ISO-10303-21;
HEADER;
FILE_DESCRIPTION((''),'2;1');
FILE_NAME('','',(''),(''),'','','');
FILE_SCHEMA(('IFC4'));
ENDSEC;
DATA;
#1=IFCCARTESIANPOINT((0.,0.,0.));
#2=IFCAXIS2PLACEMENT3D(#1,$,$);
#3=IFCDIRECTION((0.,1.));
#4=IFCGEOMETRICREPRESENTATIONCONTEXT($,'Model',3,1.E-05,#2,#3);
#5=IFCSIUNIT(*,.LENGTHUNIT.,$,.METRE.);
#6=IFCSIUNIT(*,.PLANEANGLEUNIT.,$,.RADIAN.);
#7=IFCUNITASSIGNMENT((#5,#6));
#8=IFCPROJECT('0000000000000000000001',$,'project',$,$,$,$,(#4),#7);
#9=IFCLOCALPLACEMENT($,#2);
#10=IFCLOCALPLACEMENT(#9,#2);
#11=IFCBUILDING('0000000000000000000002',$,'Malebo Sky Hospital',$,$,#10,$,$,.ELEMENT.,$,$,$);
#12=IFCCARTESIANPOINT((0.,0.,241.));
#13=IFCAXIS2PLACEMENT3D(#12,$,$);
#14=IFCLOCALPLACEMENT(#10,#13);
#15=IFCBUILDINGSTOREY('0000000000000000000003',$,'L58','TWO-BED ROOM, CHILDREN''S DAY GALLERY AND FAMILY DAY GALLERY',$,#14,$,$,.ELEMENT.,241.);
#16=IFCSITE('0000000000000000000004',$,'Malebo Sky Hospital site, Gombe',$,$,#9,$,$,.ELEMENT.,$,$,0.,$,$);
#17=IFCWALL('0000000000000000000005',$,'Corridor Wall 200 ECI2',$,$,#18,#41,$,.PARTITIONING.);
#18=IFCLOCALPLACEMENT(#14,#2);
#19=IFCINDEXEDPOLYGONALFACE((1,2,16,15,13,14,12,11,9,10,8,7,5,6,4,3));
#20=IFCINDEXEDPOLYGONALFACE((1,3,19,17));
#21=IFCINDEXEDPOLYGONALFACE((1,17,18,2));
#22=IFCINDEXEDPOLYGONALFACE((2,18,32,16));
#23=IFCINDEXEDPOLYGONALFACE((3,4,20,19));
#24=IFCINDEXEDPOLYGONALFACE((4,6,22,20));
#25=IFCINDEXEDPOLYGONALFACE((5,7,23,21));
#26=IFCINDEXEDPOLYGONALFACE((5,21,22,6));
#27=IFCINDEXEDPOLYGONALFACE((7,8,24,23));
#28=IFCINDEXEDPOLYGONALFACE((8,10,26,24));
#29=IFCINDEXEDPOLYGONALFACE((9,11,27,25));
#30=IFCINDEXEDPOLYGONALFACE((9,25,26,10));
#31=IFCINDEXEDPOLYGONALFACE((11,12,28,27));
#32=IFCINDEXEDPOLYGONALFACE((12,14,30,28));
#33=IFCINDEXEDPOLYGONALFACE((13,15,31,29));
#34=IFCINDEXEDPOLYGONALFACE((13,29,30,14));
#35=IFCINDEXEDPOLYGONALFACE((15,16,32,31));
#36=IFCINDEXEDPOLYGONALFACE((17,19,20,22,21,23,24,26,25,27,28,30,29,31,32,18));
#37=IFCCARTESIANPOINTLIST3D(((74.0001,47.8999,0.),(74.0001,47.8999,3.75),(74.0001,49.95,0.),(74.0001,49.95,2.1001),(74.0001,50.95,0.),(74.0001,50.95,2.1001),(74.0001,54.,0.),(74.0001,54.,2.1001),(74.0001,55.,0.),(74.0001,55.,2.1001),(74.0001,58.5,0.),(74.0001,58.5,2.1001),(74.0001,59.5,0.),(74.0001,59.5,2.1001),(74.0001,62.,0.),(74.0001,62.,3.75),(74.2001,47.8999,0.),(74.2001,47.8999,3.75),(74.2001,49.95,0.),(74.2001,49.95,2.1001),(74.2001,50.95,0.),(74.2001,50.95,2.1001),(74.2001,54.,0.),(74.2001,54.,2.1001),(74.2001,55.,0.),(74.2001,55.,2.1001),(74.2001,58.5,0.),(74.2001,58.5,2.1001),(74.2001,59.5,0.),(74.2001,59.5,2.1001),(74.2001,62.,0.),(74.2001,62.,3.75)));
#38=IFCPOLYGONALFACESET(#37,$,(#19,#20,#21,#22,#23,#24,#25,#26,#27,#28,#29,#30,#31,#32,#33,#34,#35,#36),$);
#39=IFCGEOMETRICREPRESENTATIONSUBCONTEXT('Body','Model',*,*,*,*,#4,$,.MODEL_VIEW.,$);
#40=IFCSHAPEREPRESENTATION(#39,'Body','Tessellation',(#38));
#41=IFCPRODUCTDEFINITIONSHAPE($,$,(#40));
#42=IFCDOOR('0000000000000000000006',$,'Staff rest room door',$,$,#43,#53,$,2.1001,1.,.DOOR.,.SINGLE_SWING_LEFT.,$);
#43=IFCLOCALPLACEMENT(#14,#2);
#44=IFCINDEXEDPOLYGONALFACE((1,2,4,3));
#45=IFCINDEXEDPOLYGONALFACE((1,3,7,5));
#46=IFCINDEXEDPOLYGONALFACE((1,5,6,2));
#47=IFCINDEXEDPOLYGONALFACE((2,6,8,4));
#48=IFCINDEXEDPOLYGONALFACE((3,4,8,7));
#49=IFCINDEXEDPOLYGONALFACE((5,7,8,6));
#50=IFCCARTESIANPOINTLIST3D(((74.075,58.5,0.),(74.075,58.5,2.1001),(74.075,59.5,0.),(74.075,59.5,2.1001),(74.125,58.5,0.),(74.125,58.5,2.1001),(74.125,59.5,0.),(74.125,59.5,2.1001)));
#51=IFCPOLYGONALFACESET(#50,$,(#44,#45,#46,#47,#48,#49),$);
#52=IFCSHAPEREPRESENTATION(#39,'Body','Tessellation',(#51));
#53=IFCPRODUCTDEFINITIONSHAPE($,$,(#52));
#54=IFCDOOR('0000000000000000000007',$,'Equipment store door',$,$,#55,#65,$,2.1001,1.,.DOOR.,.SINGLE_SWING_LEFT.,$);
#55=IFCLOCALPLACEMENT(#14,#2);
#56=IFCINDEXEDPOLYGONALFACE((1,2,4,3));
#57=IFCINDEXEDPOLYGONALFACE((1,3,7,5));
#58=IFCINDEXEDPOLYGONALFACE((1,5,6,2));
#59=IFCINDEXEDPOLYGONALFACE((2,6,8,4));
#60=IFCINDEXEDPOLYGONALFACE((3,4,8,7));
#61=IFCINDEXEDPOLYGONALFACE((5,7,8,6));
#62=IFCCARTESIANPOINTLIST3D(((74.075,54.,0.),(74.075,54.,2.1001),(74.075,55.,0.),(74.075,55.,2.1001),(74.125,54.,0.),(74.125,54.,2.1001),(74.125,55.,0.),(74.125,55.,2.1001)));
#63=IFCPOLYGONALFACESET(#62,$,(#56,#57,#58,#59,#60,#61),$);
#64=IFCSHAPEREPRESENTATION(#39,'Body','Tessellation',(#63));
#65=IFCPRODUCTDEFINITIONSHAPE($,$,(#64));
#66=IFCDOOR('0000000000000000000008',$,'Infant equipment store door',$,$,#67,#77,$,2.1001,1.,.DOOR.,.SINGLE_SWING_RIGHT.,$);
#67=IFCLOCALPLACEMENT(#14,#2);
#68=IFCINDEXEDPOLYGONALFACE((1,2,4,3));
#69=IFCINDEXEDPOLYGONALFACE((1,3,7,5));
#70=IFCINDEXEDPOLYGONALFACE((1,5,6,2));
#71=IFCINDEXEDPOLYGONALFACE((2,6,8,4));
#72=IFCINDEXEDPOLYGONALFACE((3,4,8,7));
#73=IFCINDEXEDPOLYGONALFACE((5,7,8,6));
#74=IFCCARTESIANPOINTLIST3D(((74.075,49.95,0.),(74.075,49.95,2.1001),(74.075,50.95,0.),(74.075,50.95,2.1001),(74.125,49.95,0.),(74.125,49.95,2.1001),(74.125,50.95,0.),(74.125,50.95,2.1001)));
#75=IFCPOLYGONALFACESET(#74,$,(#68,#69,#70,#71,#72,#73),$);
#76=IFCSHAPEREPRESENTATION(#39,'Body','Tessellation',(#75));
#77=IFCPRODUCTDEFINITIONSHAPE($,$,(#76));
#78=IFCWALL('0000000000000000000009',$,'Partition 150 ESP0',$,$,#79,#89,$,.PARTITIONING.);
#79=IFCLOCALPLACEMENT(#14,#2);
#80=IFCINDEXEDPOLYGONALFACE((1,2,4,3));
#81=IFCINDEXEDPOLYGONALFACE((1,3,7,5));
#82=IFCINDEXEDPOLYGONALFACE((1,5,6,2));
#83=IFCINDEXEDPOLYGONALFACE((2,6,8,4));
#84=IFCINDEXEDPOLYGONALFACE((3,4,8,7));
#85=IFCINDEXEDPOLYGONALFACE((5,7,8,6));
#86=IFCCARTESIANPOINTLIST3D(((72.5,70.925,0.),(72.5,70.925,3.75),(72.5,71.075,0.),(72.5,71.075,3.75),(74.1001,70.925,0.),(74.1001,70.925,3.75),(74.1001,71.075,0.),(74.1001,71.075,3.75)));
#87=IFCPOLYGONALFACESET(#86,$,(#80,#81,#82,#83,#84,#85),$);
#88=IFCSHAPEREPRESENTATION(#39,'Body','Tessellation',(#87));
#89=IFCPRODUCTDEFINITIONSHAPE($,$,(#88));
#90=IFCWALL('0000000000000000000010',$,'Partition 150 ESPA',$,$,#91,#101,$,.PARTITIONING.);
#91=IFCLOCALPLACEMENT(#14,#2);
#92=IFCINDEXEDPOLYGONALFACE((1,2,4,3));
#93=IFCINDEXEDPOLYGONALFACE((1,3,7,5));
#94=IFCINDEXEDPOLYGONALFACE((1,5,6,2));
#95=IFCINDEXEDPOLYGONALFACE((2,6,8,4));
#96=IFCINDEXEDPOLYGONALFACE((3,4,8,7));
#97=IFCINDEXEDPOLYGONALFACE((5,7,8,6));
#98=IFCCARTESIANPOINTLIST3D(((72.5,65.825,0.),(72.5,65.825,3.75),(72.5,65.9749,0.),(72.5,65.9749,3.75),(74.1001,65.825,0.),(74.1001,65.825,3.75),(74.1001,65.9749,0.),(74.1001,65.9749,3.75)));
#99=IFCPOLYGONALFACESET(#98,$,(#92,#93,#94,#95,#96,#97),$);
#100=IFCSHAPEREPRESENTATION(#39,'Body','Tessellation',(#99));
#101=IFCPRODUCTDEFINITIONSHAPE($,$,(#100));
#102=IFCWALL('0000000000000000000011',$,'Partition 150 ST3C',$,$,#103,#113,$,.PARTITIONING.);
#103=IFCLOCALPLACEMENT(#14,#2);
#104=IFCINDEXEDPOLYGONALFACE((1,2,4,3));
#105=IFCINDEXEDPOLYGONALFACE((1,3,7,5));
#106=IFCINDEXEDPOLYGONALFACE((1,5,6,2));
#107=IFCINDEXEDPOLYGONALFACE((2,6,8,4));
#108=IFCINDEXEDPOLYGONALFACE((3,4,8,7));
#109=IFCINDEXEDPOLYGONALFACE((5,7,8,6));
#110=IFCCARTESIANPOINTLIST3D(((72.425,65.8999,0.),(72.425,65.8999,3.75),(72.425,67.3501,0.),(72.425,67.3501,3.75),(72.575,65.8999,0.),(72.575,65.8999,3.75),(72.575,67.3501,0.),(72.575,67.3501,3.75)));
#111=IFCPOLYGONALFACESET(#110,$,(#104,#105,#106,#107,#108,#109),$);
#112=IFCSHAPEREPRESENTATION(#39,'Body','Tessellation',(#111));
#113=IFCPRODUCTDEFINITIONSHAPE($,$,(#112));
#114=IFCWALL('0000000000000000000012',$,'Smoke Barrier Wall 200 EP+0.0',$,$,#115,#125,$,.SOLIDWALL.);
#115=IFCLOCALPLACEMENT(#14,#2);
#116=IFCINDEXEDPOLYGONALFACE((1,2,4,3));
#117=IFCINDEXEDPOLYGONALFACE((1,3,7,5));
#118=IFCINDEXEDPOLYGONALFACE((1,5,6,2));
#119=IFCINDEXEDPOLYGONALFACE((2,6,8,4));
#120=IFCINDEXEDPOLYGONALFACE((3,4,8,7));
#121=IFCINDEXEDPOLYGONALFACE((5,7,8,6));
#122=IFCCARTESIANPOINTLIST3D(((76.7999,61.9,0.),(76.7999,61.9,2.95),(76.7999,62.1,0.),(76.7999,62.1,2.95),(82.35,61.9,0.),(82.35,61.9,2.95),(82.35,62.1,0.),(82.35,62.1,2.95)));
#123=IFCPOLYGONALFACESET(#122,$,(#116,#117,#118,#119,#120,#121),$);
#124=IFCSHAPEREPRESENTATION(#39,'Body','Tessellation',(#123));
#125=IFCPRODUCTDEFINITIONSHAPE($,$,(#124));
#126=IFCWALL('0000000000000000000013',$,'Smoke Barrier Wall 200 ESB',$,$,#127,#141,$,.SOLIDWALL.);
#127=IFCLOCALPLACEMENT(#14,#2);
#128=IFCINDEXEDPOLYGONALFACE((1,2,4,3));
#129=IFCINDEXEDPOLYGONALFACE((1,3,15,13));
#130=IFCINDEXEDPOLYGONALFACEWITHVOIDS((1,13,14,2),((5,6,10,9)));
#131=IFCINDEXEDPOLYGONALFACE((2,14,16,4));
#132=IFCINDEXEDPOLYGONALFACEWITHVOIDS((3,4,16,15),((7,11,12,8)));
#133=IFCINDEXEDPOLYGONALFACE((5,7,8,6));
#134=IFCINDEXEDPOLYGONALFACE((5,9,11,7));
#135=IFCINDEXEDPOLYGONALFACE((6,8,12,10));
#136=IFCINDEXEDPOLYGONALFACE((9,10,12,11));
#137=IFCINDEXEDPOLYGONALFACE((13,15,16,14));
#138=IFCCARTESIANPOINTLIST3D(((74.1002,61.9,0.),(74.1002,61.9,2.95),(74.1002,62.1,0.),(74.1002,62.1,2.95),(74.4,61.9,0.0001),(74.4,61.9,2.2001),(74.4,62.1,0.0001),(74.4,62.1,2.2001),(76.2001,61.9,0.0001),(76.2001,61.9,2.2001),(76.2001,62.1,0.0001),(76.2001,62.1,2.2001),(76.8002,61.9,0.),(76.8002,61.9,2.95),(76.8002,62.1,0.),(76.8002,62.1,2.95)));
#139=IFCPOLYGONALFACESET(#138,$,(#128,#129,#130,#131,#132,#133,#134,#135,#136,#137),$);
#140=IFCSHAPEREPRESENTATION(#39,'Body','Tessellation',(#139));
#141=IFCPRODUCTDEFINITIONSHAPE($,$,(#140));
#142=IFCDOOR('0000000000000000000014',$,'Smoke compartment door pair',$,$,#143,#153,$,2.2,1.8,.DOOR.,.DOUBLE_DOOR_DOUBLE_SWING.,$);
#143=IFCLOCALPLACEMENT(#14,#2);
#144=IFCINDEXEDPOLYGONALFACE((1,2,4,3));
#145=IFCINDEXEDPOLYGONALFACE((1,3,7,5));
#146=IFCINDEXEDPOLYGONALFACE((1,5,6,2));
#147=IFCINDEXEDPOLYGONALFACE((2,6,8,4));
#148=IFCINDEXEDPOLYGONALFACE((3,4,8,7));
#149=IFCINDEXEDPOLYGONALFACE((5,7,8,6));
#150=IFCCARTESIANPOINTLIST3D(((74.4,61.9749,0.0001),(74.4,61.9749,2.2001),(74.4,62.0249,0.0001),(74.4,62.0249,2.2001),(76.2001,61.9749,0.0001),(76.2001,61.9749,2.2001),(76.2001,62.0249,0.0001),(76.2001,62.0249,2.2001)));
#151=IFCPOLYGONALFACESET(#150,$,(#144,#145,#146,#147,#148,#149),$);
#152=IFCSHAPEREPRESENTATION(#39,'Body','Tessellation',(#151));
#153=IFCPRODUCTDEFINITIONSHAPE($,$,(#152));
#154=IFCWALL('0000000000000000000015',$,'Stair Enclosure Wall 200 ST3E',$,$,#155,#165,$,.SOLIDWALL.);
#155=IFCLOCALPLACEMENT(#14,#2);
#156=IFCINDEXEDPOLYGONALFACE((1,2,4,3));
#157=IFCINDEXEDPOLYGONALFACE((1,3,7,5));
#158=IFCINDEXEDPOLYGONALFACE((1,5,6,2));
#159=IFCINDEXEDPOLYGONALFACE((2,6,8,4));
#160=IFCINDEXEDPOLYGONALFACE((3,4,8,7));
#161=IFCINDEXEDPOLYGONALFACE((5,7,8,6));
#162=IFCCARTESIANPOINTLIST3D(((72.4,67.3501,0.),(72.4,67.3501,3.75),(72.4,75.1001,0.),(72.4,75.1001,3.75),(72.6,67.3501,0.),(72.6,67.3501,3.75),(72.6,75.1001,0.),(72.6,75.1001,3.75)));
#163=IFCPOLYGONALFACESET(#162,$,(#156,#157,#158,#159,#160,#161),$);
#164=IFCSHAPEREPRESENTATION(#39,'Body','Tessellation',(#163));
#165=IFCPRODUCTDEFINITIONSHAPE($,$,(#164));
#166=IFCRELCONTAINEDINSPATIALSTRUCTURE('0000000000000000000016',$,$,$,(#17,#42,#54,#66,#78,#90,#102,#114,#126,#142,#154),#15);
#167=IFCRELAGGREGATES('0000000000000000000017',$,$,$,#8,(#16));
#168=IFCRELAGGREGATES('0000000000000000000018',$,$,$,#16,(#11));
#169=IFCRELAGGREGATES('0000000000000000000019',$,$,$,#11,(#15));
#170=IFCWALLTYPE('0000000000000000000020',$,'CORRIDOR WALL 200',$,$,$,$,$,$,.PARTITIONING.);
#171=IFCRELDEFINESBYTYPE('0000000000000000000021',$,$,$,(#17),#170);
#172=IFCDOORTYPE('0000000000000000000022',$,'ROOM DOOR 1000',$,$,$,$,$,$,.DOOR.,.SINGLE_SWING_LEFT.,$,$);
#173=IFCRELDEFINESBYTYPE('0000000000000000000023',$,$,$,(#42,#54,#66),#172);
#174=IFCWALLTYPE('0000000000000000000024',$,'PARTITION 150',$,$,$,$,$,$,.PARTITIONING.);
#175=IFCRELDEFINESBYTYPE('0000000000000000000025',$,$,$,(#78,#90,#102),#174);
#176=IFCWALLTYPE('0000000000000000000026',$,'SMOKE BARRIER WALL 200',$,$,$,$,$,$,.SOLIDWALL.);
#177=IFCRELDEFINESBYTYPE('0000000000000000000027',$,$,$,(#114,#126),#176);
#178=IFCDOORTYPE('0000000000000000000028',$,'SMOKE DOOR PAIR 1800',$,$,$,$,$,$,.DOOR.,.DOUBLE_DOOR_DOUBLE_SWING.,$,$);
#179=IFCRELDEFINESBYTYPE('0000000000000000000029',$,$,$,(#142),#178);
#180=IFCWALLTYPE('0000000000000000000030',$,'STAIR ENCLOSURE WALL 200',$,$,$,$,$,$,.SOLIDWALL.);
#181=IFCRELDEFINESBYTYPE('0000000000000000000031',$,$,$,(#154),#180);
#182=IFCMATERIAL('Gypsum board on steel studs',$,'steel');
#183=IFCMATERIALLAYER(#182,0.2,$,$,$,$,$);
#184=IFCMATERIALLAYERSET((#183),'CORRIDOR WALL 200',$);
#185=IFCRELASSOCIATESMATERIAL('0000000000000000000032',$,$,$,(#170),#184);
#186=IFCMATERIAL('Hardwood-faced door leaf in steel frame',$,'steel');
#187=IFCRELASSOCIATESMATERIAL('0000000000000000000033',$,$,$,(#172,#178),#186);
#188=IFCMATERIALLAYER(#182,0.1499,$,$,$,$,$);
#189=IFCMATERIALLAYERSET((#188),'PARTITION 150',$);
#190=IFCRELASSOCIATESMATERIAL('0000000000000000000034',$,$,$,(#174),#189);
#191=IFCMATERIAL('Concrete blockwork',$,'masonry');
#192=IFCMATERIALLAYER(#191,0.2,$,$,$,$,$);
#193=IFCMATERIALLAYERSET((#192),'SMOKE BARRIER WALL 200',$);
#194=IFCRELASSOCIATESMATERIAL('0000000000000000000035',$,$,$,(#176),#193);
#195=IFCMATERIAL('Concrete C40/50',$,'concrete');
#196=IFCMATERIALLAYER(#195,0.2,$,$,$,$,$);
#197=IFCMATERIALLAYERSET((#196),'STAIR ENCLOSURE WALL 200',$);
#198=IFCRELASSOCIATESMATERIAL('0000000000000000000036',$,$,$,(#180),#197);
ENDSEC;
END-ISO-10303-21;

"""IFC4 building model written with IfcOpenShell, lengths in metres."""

from ifc_helpers import new_model, si_unit, direction, frame, frame_2d, origin, place, context, subcontext, project, spatial, rectangle, extrude, material, layer, layer_set, type_object, element, fill, save


model = new_model("IFC4")

# Units and contexts
model_context = context("Model", 3, precision=1e-05, world=origin(), true_north=direction((0.0, 1.0)))
body_context = subcontext(model_context, "Body", "Model", "MODEL_VIEW")
ifc_project = project(units=[si_unit("LENGTHUNIT", "METRE"), si_unit("PLANEANGLEUNIT", "RADIAN")], contexts=[model_context])

# Site, building, storey
site_placement = place(None, origin())
site = spatial("IfcSite", under=ifc_project, at=site_placement, Name="Malebo Sky Hospital site, Gombe", CompositionType="ELEMENT", RefElevation=0.0)
building_placement = place(site_placement, origin())
building = spatial("IfcBuilding", under=site, at=building_placement, Name="Malebo Sky Hospital", CompositionType="ELEMENT")
storey_placement = place(building_placement, frame((0.0, 0.0, 241.0)))
storey = spatial("IfcBuildingStorey", under=building, at=storey_placement, Name="L58", Description="TWO-BED ROOM, CHILDREN'S DAY GALLERY AND FAMILY DAY GALLERY", CompositionType="ELEMENT", Elevation=241.0)

# Shared definitions
ifc_material_1 = material(Name="Gypsum board on steel studs", Category="steel")
ifc_layer_1 = layer(ifc_material_1, 0.2)
ifc_layer_set_1 = layer_set([ifc_layer_1], Name="CORRIDOR WALL 200")
wall_type_1 = type_object("IfcWallType", Name="CORRIDOR WALL 200", PredefinedType="PARTITIONING", material=ifc_layer_set_1)

# Wall, openings, doors
ifc_material_2 = material(Name="Hardwood-faced door leaf in steel frame", Category="steel")
door_type_1 = type_object("IfcDoorType", Name="ROOM DOOR 1000", OperationType="SINGLE_SWING_LEFT", PredefinedType="DOOR", material=ifc_material_2)
wall_1_placement = place(storey_placement, frame((74.1001, 62.0, 0.0), z_axis=(0.0, 0.0, 1.0), x_axis=(0.0, -1.0, 0.0)))
wall_1 = element("IfcWall", 1, at=wall_1_placement, inside=storey, type_object=wall_type_1, Name="Corridor Wall 200 ECI2", PredefinedType="PARTITIONING", context=body_context, shape_type="SweptSolid", body=[
    extrude(rectangle(XDim=14.1001, YDim=0.2, at=frame_2d((7.05, 0.0))), origin(), (0.0, 0.0, 1.0), 3.75),
])
opening_1_placement = place(wall_1_placement, frame((2.5, 0.0, 0.0)))
opening_1 = element("IfcOpeningElement", 2, at=opening_1_placement, cuts=wall_1, PredefinedType="OPENING", context=body_context, shape_type="SweptSolid", body=[
    extrude(rectangle(XDim=1.0, YDim=2.1001, at=frame_2d((0.5, 1.05))), frame((0.0, 0.1099, 0.0), z_axis=(0.0, -1.0, 0.0), x_axis=(1.0, 0.0, 0.0)), (0.0, 0.0, 1.0), 0.22),
])
opening_2_placement = place(wall_1_placement, frame((7.0, 0.0, 0.0)))
opening_2 = element("IfcOpeningElement", 3, at=opening_2_placement, cuts=wall_1, PredefinedType="OPENING", context=body_context, shape_type="SweptSolid", body=[
    extrude(rectangle(XDim=1.0, YDim=2.1001, at=frame_2d((0.5, 1.05))), frame((0.0, 0.1099, 0.0), z_axis=(0.0, -1.0, 0.0), x_axis=(1.0, 0.0, 0.0)), (0.0, 0.0, 1.0), 0.22),
])
opening_3_placement = place(wall_1_placement, frame((11.05, 0.0, 0.0)))
opening_3 = element("IfcOpeningElement", 4, at=opening_3_placement, cuts=wall_1, PredefinedType="OPENING", context=body_context, shape_type="SweptSolid", body=[
    extrude(rectangle(XDim=1.0, YDim=2.1001, at=frame_2d((0.5, 1.05))), frame((0.0, 0.1099, 0.0), z_axis=(0.0, -1.0, 0.0), x_axis=(1.0, 0.0, 0.0)), (0.0, 0.0, 1.0), 0.22),
])
door_1_placement = place(opening_1_placement, origin())
door_1 = element("IfcDoor", 5, at=door_1_placement, inside=storey, type_object=door_type_1, Name="Staff rest room door", OperationType="SINGLE_SWING_LEFT", OverallHeight=2.1001, OverallWidth=1.0, PredefinedType="DOOR", context=body_context, shape_type="SweptSolid", body=[
    extrude(rectangle(XDim=1.0, YDim=2.1001, at=frame_2d((0.5, 1.05))), frame((0.0, 0.0249, 0.0), z_axis=(0.0, -1.0, 0.0), x_axis=(1.0, 0.0, 0.0)), (0.0, 0.0, 1.0), 0.05),
])
fill(opening_1, door_1)
door_2_placement = place(opening_2_placement, origin())
door_2 = element("IfcDoor", 6, at=door_2_placement, inside=storey, type_object=door_type_1, Name="Equipment store door", OperationType="SINGLE_SWING_LEFT", OverallHeight=2.1001, OverallWidth=1.0, PredefinedType="DOOR", context=body_context, shape_type="SweptSolid", body=[
    extrude(rectangle(XDim=1.0, YDim=2.1001, at=frame_2d((0.5, 1.05))), frame((0.0, 0.0249, 0.0), z_axis=(0.0, -1.0, 0.0), x_axis=(1.0, 0.0, 0.0)), (0.0, 0.0, 1.0), 0.05),
])
fill(opening_2, door_2)
door_3_placement = place(opening_3_placement, origin())
door_3 = element("IfcDoor", 7, at=door_3_placement, inside=storey, type_object=door_type_1, Name="Infant equipment store door", OperationType="SINGLE_SWING_RIGHT", OverallHeight=2.1001, OverallWidth=1.0, PredefinedType="DOOR", context=body_context, shape_type="SweptSolid", body=[
    extrude(rectangle(XDim=1.0, YDim=2.1001, at=frame_2d((0.5, 1.05))), frame((0.0, 0.0249, 0.0), z_axis=(0.0, -1.0, 0.0), x_axis=(1.0, 0.0, 0.0)), (0.0, 0.0, 1.0), 0.05),
])
fill(opening_3, door_3)

# Walls
ifc_layer_2 = layer(ifc_material_1, 0.1499)
ifc_layer_set_2 = layer_set([ifc_layer_2], Name="PARTITION 150")
wall_type_2 = type_object("IfcWallType", Name="PARTITION 150", PredefinedType="PARTITIONING", material=ifc_layer_set_2)
for number, where, z_axis, x_axis, name in (
    (8, (72.5, 71.0, 0.0), (0.0, 0.0, 1.0), (1.0, 0.0, 0.0), "Partition 150 ESP0"),
    (9, (72.5, 65.8999, 0.0), (0.0, 0.0, 1.0), (1.0, 0.0, 0.0), "Partition 150 ESPA"),
):
    element("IfcWall", number, at=place(storey_placement, frame(where, z_axis=z_axis, x_axis=x_axis)), inside=storey, type_object=wall_type_2, Name=name, PredefinedType="PARTITIONING", context=body_context, shape_type="SweptSolid", body=[
        extrude(rectangle(XDim=1.6001, YDim=0.1499, at=frame_2d((0.8, 0.0))), origin(), (0.0, 0.0, 1.0), 3.75),
    ])
wall_2_placement = place(storey_placement, frame((72.5, 65.8999, 0.0), z_axis=(0.0, 0.0, 1.0), x_axis=(0.0, 1.0, 0.0)))
element("IfcWall", 10, at=wall_2_placement, inside=storey, type_object=wall_type_2, Name="Partition 150 ST3C", PredefinedType="PARTITIONING", context=body_context, shape_type="SweptSolid", body=[
    extrude(rectangle(XDim=1.4502, YDim=0.1499, at=frame_2d((0.7251, 0.0))), origin(), (0.0, 0.0, 1.0), 3.75),
])
ifc_material_3 = material(Name="Concrete blockwork", Category="masonry")
ifc_layer_3 = layer(ifc_material_3, 0.2)
ifc_layer_set_3 = layer_set([ifc_layer_3], Name="SMOKE BARRIER WALL 200")
wall_type_3 = type_object("IfcWallType", Name="SMOKE BARRIER WALL 200", PredefinedType="SOLIDWALL", material=ifc_layer_set_3)
wall_3_placement = place(storey_placement, frame((76.8, 62.0, 0.0), z_axis=(0.0, 0.0, 1.0), x_axis=(1.0, 0.0, 0.0)))
element("IfcWall", 11, at=wall_3_placement, inside=storey, type_object=wall_type_3, Name="Smoke Barrier Wall 200 EP+0.0", PredefinedType="SOLIDWALL", context=body_context, shape_type="SweptSolid", body=[
    extrude(rectangle(XDim=5.55, YDim=0.2, at=frame_2d((2.7749, 0.0))), origin(), (0.0, 0.0, 1.0), 2.95),
])

# Wall, opening, door
wall_4_placement = place(storey_placement, frame((74.1001, 62.0, 0.0), z_axis=(0.0, 0.0, 1.0), x_axis=(1.0, 0.0, 0.0)))
wall_4 = element("IfcWall", 12, at=wall_4_placement, inside=storey, type_object=wall_type_3, Name="Smoke Barrier Wall 200 ESB", PredefinedType="SOLIDWALL", context=body_context, shape_type="SweptSolid", body=[
    extrude(rectangle(XDim=2.7, YDim=0.2, at=frame_2d((1.3501, 0.0))), origin(), (0.0, 0.0, 1.0), 2.95),
])
opening_4_placement = place(wall_4_placement, frame((0.3, 0.0, 0.0)))
opening_4 = element("IfcOpeningElement", 13, at=opening_4_placement, cuts=wall_4, PredefinedType="OPENING", context=body_context, shape_type="SweptSolid", body=[
    extrude(rectangle(XDim=1.8, YDim=2.2, at=frame_2d((0.8999, 1.1001))), frame((0.0, 0.1099, 0.0), z_axis=(0.0, -1.0, 0.0), x_axis=(1.0, 0.0, 0.0)), (0.0, 0.0, 1.0), 0.22),
])
door_type_2 = type_object("IfcDoorType", Name="SMOKE DOOR PAIR 1800", OperationType="DOUBLE_DOOR_DOUBLE_SWING", PredefinedType="DOOR", material=ifc_material_2)
door_4_placement = place(opening_4_placement, origin())
door_4 = element("IfcDoor", 14, at=door_4_placement, inside=storey, type_object=door_type_2, Name="Smoke compartment door pair", OperationType="DOUBLE_DOOR_DOUBLE_SWING", OverallHeight=2.2, OverallWidth=1.8, PredefinedType="DOOR", context=body_context, shape_type="SweptSolid", body=[
    extrude(rectangle(XDim=1.8, YDim=2.2, at=frame_2d((0.8999, 1.1001))), frame((0.0, 0.0249, 0.0), z_axis=(0.0, -1.0, 0.0), x_axis=(1.0, 0.0, 0.0)), (0.0, 0.0, 1.0), 0.05),
])
fill(opening_4, door_4)

# Wall
ifc_material_4 = material(Name="Concrete C40/50", Category="concrete")
ifc_layer_4 = layer(ifc_material_4, 0.2)
ifc_layer_set_4 = layer_set([ifc_layer_4], Name="STAIR ENCLOSURE WALL 200")
wall_type_4 = type_object("IfcWallType", Name="STAIR ENCLOSURE WALL 200", PredefinedType="SOLIDWALL", material=ifc_layer_set_4)
wall_5_placement = place(storey_placement, frame((72.5, 67.3501, 0.0), z_axis=(0.0, 0.0, 1.0), x_axis=(0.0, 1.0, 0.0)))
element("IfcWall", 15, at=wall_5_placement, inside=storey, type_object=wall_type_4, Name="Stair Enclosure Wall 200 ST3E", PredefinedType="SOLIDWALL", context=body_context, shape_type="SweptSolid", body=[
    extrude(rectangle(XDim=7.75, YDim=0.2, at=frame_2d((3.875, 0.0))), origin(), (0.0, 0.0, 1.0), 3.75),
])

save(model, "model.ifc")
